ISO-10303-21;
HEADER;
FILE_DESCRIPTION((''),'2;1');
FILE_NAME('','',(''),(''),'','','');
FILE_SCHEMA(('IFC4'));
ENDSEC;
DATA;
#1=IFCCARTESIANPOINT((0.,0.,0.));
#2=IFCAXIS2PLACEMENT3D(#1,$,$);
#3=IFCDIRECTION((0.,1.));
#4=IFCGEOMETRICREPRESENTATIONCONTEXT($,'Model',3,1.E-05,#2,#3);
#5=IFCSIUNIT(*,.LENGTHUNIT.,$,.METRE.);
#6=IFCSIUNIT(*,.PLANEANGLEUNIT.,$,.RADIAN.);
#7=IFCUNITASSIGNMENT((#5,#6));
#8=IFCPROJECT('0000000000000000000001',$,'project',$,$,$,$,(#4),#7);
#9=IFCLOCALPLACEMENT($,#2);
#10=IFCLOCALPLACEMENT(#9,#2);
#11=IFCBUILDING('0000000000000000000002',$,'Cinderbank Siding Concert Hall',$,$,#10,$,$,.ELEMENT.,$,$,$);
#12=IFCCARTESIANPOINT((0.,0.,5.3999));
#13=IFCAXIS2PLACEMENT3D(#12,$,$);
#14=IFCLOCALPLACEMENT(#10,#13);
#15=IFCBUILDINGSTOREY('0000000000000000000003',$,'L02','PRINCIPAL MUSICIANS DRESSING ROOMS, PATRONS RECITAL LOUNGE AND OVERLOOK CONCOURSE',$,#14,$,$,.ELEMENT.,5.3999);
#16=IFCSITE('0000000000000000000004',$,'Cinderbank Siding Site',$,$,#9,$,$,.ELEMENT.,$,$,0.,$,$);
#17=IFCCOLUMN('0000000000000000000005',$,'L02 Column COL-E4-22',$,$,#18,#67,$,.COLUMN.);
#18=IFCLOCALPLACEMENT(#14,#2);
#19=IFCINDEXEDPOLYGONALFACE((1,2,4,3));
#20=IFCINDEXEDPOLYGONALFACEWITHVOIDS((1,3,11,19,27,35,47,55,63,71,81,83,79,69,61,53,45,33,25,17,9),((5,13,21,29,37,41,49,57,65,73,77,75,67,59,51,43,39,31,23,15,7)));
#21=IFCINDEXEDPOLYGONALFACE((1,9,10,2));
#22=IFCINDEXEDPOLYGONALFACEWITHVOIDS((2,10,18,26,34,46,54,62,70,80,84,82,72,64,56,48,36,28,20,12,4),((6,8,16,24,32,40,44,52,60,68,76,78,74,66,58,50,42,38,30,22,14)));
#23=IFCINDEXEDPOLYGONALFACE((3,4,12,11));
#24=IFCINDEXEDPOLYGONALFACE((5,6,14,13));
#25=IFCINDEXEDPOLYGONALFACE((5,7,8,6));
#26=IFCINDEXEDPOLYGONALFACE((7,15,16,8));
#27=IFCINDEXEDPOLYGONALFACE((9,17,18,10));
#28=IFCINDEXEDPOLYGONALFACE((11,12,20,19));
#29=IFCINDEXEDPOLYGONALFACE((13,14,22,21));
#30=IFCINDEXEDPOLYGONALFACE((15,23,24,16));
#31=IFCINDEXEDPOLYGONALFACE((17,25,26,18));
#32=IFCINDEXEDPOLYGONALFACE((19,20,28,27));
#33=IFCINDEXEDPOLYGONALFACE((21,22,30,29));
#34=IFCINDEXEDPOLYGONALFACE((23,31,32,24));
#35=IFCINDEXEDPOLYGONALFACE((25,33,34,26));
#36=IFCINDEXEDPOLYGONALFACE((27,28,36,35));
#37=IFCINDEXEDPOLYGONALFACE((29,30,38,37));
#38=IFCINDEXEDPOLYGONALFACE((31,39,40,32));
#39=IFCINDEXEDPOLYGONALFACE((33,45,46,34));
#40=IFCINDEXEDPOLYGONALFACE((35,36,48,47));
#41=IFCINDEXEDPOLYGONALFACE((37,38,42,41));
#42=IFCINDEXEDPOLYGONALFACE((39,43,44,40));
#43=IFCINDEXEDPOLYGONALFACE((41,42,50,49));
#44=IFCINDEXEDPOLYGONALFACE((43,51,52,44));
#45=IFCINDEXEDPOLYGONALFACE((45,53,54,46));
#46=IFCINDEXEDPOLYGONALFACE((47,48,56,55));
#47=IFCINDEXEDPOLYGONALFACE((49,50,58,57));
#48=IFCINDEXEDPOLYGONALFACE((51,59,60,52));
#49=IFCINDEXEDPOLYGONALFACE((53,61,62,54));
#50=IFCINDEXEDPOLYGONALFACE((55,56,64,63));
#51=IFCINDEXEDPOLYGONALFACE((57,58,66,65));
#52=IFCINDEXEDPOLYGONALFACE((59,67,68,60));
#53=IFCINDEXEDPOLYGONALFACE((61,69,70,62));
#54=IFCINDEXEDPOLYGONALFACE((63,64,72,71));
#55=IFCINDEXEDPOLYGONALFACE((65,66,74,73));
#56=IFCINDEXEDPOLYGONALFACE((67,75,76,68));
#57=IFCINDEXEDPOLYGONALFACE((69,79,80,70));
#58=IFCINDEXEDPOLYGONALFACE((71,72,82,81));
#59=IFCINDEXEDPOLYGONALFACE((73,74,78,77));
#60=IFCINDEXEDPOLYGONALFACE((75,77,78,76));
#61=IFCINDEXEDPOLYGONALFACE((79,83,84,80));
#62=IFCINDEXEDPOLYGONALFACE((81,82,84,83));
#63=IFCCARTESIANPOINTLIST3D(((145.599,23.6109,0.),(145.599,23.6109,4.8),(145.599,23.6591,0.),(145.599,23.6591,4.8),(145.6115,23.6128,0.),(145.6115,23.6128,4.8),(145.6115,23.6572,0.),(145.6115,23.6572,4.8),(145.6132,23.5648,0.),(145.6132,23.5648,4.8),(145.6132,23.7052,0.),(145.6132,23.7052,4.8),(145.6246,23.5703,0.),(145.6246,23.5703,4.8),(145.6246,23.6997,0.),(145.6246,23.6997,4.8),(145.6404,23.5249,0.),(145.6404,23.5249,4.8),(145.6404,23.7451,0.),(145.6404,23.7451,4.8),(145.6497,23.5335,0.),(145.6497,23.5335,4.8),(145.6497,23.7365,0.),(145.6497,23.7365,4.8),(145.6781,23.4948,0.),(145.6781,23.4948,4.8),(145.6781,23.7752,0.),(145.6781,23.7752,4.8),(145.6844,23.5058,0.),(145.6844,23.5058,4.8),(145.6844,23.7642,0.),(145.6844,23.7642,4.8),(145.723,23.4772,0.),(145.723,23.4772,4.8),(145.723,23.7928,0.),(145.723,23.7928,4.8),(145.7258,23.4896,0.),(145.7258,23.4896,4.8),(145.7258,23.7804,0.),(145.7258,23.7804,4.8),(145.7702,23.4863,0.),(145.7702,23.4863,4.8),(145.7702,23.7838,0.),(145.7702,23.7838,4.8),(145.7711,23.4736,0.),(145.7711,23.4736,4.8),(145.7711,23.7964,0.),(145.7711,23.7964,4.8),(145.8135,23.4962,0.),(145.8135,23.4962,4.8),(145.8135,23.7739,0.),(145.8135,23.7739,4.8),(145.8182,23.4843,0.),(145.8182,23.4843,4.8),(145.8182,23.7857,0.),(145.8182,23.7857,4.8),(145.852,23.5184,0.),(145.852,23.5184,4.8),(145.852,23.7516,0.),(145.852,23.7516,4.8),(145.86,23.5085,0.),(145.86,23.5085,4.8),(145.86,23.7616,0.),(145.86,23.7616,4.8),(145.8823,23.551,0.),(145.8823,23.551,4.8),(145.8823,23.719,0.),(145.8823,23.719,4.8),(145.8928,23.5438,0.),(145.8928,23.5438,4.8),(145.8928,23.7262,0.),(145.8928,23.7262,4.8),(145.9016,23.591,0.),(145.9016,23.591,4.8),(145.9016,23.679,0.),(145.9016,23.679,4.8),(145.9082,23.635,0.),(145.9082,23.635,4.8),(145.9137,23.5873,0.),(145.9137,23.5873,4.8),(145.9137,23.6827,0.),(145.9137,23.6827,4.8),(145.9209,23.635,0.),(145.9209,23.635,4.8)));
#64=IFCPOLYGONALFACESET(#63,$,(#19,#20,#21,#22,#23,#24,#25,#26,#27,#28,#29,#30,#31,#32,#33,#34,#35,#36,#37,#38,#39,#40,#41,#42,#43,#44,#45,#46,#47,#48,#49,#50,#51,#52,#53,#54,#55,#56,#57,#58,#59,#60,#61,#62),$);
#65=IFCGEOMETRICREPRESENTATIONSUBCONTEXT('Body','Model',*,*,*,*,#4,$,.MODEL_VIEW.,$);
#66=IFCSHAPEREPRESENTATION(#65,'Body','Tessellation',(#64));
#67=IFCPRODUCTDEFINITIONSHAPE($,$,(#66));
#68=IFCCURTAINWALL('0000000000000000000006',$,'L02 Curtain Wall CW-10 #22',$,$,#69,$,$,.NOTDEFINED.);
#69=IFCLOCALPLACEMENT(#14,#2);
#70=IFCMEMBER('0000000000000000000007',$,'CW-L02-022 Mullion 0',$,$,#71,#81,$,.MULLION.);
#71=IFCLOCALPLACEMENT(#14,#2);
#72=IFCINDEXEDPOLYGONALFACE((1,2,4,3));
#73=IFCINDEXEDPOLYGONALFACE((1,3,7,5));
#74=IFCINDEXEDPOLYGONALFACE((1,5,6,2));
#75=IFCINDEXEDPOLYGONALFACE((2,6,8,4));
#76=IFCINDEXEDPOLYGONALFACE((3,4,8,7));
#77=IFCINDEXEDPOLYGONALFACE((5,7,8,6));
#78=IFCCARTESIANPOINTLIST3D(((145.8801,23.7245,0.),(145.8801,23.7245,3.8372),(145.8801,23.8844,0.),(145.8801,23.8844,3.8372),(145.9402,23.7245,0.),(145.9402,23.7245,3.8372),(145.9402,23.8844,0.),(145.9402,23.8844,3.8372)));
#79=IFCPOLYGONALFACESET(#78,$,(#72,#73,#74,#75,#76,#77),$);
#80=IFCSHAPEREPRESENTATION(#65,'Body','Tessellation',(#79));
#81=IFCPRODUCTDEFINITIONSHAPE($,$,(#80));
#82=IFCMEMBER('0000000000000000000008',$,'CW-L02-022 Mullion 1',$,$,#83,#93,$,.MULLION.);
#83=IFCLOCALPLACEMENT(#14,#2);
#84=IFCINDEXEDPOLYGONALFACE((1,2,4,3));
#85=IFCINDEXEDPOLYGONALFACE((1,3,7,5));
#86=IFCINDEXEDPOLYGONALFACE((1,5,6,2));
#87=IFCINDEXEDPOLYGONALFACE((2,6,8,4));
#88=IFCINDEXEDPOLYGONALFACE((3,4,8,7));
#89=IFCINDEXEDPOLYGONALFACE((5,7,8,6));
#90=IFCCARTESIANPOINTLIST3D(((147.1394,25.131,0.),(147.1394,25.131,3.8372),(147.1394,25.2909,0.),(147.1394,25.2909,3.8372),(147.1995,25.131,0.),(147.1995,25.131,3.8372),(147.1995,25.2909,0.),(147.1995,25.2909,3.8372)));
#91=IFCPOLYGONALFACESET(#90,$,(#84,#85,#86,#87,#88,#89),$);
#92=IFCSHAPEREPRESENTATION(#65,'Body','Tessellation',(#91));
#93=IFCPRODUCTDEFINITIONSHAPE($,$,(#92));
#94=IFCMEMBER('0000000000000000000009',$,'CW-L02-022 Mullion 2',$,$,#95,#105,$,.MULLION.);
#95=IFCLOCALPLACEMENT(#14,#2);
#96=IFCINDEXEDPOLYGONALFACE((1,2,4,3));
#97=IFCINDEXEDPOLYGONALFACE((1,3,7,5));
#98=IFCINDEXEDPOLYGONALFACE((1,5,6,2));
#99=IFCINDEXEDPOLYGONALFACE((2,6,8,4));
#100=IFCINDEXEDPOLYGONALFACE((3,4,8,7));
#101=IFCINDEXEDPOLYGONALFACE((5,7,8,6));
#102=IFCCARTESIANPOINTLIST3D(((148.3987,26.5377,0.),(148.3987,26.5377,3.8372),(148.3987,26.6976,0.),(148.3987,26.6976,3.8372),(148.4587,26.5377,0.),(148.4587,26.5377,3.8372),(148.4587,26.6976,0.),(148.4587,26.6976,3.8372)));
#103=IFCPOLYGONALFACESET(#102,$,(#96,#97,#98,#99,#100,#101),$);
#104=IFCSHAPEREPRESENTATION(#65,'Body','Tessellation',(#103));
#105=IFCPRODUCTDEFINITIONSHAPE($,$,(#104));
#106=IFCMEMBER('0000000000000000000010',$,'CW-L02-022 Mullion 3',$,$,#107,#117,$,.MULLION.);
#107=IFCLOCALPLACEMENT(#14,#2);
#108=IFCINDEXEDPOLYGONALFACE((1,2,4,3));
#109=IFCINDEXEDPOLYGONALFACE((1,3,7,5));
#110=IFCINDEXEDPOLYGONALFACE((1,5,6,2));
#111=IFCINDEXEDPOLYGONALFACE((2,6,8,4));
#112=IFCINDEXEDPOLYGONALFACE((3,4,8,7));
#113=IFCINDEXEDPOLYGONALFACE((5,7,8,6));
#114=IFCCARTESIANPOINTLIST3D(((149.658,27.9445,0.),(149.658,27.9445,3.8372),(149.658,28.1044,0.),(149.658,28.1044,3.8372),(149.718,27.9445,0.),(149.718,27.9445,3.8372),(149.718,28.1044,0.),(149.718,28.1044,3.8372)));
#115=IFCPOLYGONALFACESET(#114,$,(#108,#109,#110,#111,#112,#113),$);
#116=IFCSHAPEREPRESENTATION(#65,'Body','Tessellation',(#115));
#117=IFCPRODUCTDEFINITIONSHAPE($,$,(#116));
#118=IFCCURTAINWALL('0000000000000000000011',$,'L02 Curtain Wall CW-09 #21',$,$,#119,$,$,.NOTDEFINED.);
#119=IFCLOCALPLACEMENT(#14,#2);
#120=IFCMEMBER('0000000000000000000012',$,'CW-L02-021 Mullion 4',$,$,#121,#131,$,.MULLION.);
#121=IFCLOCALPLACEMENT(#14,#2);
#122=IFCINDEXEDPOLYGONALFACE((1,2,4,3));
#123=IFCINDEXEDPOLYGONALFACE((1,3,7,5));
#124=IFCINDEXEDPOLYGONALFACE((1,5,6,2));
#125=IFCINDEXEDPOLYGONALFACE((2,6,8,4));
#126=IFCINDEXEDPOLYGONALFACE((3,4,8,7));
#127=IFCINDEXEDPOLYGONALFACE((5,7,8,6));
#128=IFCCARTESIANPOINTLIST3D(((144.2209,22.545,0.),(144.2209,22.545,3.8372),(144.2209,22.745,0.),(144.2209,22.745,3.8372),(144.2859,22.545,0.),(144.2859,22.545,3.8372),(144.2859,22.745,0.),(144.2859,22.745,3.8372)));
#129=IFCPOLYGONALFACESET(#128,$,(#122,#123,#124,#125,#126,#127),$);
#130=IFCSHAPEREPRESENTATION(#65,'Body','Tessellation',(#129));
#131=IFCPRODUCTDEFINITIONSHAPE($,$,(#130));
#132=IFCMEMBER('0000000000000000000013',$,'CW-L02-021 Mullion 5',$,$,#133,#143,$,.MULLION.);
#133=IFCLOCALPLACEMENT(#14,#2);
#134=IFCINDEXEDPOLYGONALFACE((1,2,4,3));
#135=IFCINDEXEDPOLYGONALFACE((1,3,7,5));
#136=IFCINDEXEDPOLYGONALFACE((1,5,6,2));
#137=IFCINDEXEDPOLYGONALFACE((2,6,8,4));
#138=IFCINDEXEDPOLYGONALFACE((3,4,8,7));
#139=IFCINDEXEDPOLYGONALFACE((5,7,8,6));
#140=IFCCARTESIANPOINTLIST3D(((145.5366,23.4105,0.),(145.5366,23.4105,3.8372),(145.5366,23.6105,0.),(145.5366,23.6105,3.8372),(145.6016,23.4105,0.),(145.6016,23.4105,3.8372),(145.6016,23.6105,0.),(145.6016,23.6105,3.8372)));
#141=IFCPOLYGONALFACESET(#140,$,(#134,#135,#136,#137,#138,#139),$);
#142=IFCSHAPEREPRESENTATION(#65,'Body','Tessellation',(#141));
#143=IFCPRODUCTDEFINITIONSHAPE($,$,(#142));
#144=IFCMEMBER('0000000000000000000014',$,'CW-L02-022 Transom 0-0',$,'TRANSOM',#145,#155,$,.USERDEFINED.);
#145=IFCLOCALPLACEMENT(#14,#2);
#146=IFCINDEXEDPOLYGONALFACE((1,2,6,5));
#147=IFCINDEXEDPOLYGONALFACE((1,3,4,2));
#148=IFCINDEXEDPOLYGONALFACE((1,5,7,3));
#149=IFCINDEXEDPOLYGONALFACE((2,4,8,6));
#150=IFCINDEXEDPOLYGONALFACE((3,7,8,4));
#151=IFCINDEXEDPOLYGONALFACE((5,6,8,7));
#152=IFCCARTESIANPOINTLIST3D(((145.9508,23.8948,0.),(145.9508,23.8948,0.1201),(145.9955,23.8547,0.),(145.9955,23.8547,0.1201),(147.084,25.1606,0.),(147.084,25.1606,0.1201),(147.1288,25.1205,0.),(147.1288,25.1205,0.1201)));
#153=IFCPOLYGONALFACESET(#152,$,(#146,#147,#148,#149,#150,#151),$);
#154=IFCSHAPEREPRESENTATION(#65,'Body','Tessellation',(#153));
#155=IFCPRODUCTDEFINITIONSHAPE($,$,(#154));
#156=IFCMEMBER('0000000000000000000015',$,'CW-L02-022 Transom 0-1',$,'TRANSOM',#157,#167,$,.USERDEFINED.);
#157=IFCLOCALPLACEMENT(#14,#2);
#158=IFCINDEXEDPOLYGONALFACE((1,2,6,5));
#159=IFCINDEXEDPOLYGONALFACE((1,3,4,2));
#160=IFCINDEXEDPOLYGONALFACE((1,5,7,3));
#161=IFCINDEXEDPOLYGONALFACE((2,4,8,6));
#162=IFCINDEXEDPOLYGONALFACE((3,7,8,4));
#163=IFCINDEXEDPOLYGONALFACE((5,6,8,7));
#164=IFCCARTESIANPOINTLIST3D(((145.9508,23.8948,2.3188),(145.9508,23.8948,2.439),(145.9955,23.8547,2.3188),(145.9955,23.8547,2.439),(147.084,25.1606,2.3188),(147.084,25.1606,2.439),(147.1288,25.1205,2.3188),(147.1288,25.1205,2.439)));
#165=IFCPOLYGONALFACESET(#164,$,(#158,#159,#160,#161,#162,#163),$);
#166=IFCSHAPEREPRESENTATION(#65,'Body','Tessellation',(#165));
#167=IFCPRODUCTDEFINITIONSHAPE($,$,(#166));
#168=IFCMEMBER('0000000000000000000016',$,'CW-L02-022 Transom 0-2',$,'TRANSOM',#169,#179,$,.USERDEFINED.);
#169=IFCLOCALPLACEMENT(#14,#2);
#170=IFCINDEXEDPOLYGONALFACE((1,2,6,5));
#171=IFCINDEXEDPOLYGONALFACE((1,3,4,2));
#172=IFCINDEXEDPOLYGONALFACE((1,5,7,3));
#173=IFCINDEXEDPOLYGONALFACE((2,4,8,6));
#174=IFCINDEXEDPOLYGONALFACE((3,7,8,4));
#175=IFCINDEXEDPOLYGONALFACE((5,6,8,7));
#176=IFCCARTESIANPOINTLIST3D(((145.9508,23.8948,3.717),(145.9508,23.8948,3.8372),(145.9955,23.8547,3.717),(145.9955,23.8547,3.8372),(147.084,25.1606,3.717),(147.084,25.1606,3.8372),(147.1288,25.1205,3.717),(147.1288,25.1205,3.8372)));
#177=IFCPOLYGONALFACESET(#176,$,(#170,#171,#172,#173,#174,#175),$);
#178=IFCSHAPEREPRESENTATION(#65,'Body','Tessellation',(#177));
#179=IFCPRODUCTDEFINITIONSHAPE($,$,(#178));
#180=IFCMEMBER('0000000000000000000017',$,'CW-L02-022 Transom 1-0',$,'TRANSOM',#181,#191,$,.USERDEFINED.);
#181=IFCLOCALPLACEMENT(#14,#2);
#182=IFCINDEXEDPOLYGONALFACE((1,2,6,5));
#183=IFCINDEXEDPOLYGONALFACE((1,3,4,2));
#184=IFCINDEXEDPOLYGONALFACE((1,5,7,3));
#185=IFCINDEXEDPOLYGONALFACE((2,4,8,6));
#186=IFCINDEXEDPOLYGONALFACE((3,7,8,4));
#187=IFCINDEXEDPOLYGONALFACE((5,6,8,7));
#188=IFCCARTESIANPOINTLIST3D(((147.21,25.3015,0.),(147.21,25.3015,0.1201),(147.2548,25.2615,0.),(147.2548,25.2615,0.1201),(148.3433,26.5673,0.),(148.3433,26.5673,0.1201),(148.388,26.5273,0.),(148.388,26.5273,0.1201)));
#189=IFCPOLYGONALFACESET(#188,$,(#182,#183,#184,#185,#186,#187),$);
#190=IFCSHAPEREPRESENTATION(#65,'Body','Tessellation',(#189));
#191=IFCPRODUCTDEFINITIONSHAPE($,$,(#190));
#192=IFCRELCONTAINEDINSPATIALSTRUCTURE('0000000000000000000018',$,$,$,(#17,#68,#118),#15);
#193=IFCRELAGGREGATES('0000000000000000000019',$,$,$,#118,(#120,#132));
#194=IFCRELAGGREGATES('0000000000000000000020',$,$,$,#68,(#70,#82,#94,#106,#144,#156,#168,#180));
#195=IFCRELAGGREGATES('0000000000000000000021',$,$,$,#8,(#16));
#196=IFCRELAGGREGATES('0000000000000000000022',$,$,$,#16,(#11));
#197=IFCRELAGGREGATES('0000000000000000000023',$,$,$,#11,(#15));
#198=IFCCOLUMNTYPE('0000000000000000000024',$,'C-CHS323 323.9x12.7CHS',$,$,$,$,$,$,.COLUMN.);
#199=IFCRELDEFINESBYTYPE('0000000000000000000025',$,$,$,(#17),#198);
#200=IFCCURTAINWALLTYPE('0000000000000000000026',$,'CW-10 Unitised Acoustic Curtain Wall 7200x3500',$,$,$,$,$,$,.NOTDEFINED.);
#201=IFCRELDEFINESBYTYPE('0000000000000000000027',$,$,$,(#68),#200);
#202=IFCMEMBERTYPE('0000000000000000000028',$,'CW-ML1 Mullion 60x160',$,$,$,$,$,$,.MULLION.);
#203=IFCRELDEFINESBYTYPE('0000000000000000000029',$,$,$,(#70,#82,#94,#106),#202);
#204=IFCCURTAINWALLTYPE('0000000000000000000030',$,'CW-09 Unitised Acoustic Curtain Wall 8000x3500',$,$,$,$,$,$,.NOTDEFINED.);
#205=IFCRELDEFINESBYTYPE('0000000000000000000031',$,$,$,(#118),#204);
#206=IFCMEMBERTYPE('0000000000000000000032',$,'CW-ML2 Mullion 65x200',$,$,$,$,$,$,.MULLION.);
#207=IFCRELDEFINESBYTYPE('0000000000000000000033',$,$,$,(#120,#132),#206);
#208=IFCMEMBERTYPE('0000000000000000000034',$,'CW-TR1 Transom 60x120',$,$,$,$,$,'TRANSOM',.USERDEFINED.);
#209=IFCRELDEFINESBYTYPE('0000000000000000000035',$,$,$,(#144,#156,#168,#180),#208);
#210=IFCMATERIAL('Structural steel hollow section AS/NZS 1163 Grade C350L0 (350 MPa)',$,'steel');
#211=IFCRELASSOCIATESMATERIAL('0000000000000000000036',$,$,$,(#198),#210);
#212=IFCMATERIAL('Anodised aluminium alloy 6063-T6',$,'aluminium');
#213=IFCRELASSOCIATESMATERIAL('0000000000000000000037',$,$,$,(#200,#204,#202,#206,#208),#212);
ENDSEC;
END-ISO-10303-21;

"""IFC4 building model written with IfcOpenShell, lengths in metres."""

from ifc_helpers import new_model, si_unit, direction, frame, origin, origin_2d, place, context, subcontext, project, spatial, rectangle, hollow_circle, extrude, material, material_profile, profile_set, type_object, element, aggregate, save


model = new_model("IFC4")

# Units and contexts
model_context = context("Model", 3, precision=1e-05, world=origin(), true_north=direction((0.0, 1.0)))
body_context = subcontext(model_context, "Body", "Model", "MODEL_VIEW")
ifc_project = project(units=[si_unit("LENGTHUNIT", "METRE"), si_unit("PLANEANGLEUNIT", "RADIAN")], contexts=[model_context])

# Site, building, storey
site_placement = place(None, origin())
site = spatial("IfcSite", under=ifc_project, at=site_placement, Name="Cinderbank Siding Site", CompositionType="ELEMENT", RefElevation=0.0)
building_placement = place(site_placement, origin())
building = spatial("IfcBuilding", under=site, at=building_placement, Name="Cinderbank Siding Concert Hall", CompositionType="ELEMENT")
storey_placement = place(building_placement, frame((0.0, 0.0, 5.3999)))
storey = spatial("IfcBuildingStorey", under=building, at=storey_placement, Name="L02", Description="PRINCIPAL MUSICIANS DRESSING ROOMS, PATRONS RECITAL LOUNGE AND OVERLOOK CONCOURSE", CompositionType="ELEMENT", Elevation=5.3999)

# Column
ifc_material_1 = material(Name="Structural steel hollow section AS/NZS 1163 Grade C350L0 (350 MPa)", Category="steel")
ifc_material_profile_1 = material_profile(ifc_material_1, hollow_circle(Radius=0.1619, WallThickness=0.0127, at=origin_2d()), Name="323.9x12.7CHS", Category="LoadBearing")
ifc_profile_set_1 = profile_set([ifc_material_profile_1], Name="Structural steel hollow section AS/NZS 1163 Grade C350L0 (350 MPa)")
column_type = type_object("IfcColumnType", Name="C-CHS323 323.9x12.7CHS", PredefinedType="COLUMN", material=ifc_profile_set_1)
column_placement = place(storey_placement, frame((145.759, 23.635, 0.0), z_axis=(0.0, 0.0, 1.0), x_axis=(1.0, 0.0, 0.0)))
element("IfcColumn", 1, at=column_placement, inside=storey, type_object=column_type, Name="L02 Column COL-E4-22", PredefinedType="COLUMN", context=body_context, shape_type="SweptSolid", body=[
    extrude(hollow_circle(Radius=0.1619, WallThickness=0.0127, at=origin_2d()), origin(), (0.0, 0.0, 1.0), 4.8),
])

# Curtain walls, members
ifc_material_2 = material(Name="Anodised aluminium alloy 6063-T6", Category="aluminium")
curtain_wall_type_1 = type_object("IfcCurtainWallType", Name="CW-10 Unitised Acoustic Curtain Wall 7200x3500", PredefinedType="NOTDEFINED", material=ifc_material_2)
curtain_wall_1_placement = place(storey_placement, origin())
curtain_wall_1 = element("IfcCurtainWall", 2, at=curtain_wall_1_placement, inside=storey, type_object=curtain_wall_type_1, Name="L02 Curtain Wall CW-10 #22", PredefinedType="NOTDEFINED")
ifc_material_profile_2 = material_profile(ifc_material_2, rectangle(XDim=0.0601, YDim=0.1599, at=origin_2d()), Name="ALU-MULL-60x160", Category="LoadBearing")
ifc_profile_set_2 = profile_set([ifc_material_profile_2], Name="Anodised aluminium alloy 6063-T6")
member_type_1 = type_object("IfcMemberType", Name="CW-ML1 Mullion 60x160", PredefinedType="MULLION", material=ifc_profile_set_2)
member_1_placement = place(storey_placement, frame((145.9102, 23.8044, 0.0), z_axis=(0.0, 0.0, 1.0), x_axis=(1.0, 0.0, 0.0)))
member_1 = element("IfcMember", 3, at=member_1_placement, type_object=member_type_1, Name="CW-L02-022 Mullion 0", PredefinedType="MULLION", context=body_context, shape_type="SweptSolid", body=[
    extrude(rectangle(XDim=0.0601, YDim=0.1599, at=origin_2d()), origin(), (0.0, 0.0, 1.0), 3.8372),
])
member_2_placement = place(storey_placement, frame((147.1694, 25.2109, 0.0), z_axis=(0.0, 0.0, 1.0), x_axis=(1.0, 0.0, 0.0)))
member_2 = element("IfcMember", 4, at=member_2_placement, type_object=member_type_1, Name="CW-L02-022 Mullion 1", PredefinedType="MULLION", context=body_context, shape_type="SweptSolid", body=[
    extrude(rectangle(XDim=0.0601, YDim=0.1599, at=origin_2d()), origin(), (0.0, 0.0, 1.0), 3.8372),
])
member_3_placement = place(storey_placement, frame((148.4287, 26.6177, 0.0), z_axis=(0.0, 0.0, 1.0), x_axis=(1.0, 0.0, 0.0)))
member_3 = element("IfcMember", 5, at=member_3_placement, type_object=member_type_1, Name="CW-L02-022 Mullion 2", PredefinedType="MULLION", context=body_context, shape_type="SweptSolid", body=[
    extrude(rectangle(XDim=0.0601, YDim=0.1599, at=origin_2d()), origin(), (0.0, 0.0, 1.0), 3.8372),
])
member_4_placement = place(storey_placement, frame((149.688, 28.0244, 0.0), z_axis=(0.0, 0.0, 1.0), x_axis=(1.0, 0.0, 0.0)))
member_4 = element("IfcMember", 6, at=member_4_placement, type_object=member_type_1, Name="CW-L02-022 Mullion 3", PredefinedType="MULLION", context=body_context, shape_type="SweptSolid", body=[
    extrude(rectangle(XDim=0.0601, YDim=0.1599, at=origin_2d()), origin(), (0.0, 0.0, 1.0), 3.8372),
])
curtain_wall_type_2 = type_object("IfcCurtainWallType", Name="CW-09 Unitised Acoustic Curtain Wall 8000x3500", PredefinedType="NOTDEFINED", material=ifc_material_2)
curtain_wall_2_placement = place(storey_placement, origin())
curtain_wall_2 = element("IfcCurtainWall", 7, at=curtain_wall_2_placement, inside=storey, type_object=curtain_wall_type_2, Name="L02 Curtain Wall CW-09 #21", PredefinedType="NOTDEFINED")
ifc_material_profile_3 = material_profile(ifc_material_2, rectangle(XDim=0.0649, YDim=0.2, at=origin_2d()), Name="ALU-MULL-65x200", Category="LoadBearing")
ifc_profile_set_3 = profile_set([ifc_material_profile_3], Name="Anodised aluminium alloy 6063-T6")
member_type_2 = type_object("IfcMemberType", Name="CW-ML2 Mullion 65x200", PredefinedType="MULLION", material=ifc_profile_set_3)
member_5_placement = place(storey_placement, frame((144.2534, 22.645, 0.0), z_axis=(0.0, 0.0, 1.0), x_axis=(1.0, 0.0, 0.0)))
member_5 = element("IfcMember", 8, at=member_5_placement, type_object=member_type_2, Name="CW-L02-021 Mullion 4", PredefinedType="MULLION", context=body_context, shape_type="SweptSolid", body=[
    extrude(rectangle(XDim=0.0649, YDim=0.2, at=origin_2d()), origin(), (0.0, 0.0, 1.0), 3.8372),
])
member_6_placement = place(storey_placement, frame((145.5691, 23.5105, 0.0), z_axis=(0.0, 0.0, 1.0), x_axis=(1.0, 0.0, 0.0)))
member_6 = element("IfcMember", 9, at=member_6_placement, type_object=member_type_2, Name="CW-L02-021 Mullion 5", PredefinedType="MULLION", context=body_context, shape_type="SweptSolid", body=[
    extrude(rectangle(XDim=0.0649, YDim=0.2, at=origin_2d()), origin(), (0.0, 0.0, 1.0), 3.8372),
])

# Members
ifc_material_profile_4 = material_profile(ifc_material_2, rectangle(XDim=0.0601, YDim=0.1201, at=origin_2d()), Name="ALU-TRAN-60x120", Category="LoadBearing")
ifc_profile_set_4 = profile_set([ifc_material_profile_4], Name="Anodised aluminium alloy 6063-T6")
member_type_3 = type_object("IfcMemberType", Name="CW-TR1 Transom 60x120", ElementType="TRANSOM", PredefinedType="USERDEFINED", material=ifc_profile_set_4)
member_7_placement = place(storey_placement, frame((145.9731, 23.8748, 0.0601), z_axis=(0.667017, 0.745042, 0.0), x_axis=(-0.745042, 0.667017, 0.0)))
member_7 = element("IfcMember", 10, at=member_7_placement, type_object=member_type_3, Name="CW-L02-022 Transom 0-0", ObjectType="TRANSOM", PredefinedType="USERDEFINED", context=body_context, shape_type="SweptSolid", body=[
    extrude(rectangle(XDim=0.0601, YDim=0.1201, at=origin_2d()), origin(), (0.0, 0.0, 1.0), 1.699),
])
member_8_placement = place(storey_placement, frame((145.9731, 23.8748, 2.3789), z_axis=(0.667017, 0.745042, 0.0), x_axis=(-0.745042, 0.667017, 0.0)))
member_8 = element("IfcMember", 11, at=member_8_placement, type_object=member_type_3, Name="CW-L02-022 Transom 0-1", ObjectType="TRANSOM", PredefinedType="USERDEFINED", context=body_context, shape_type="SweptSolid", body=[
    extrude(rectangle(XDim=0.0601, YDim=0.1201, at=origin_2d()), origin(), (0.0, 0.0, 1.0), 1.699),
])
member_9_placement = place(storey_placement, frame((145.9731, 23.8748, 3.7771), z_axis=(0.667017, 0.745042, 0.0), x_axis=(-0.745042, 0.667017, 0.0)))
member_9 = element("IfcMember", 12, at=member_9_placement, type_object=member_type_3, Name="CW-L02-022 Transom 0-2", ObjectType="TRANSOM", PredefinedType="USERDEFINED", context=body_context, shape_type="SweptSolid", body=[
    extrude(rectangle(XDim=0.0601, YDim=0.1201, at=origin_2d()), origin(), (0.0, 0.0, 1.0), 1.699),
])
member_10_placement = place(storey_placement, frame((147.2324, 25.2815, 0.0601), z_axis=(0.667017, 0.745042, 0.0), x_axis=(-0.745042, 0.667017, 0.0)))
member_10 = element("IfcMember", 13, at=member_10_placement, type_object=member_type_3, Name="CW-L02-022 Transom 1-0", ObjectType="TRANSOM", PredefinedType="USERDEFINED", context=body_context, shape_type="SweptSolid", body=[
    extrude(rectangle(XDim=0.0601, YDim=0.1201, at=origin_2d()), origin(), (0.0, 0.0, 1.0), 1.699),
])

aggregate(curtain_wall_2, [member_5, member_6])
aggregate(curtain_wall_1, [member_1, member_2, member_3, member_4, member_7, member_8, member_9, member_10])

save(model, "model.ifc")
